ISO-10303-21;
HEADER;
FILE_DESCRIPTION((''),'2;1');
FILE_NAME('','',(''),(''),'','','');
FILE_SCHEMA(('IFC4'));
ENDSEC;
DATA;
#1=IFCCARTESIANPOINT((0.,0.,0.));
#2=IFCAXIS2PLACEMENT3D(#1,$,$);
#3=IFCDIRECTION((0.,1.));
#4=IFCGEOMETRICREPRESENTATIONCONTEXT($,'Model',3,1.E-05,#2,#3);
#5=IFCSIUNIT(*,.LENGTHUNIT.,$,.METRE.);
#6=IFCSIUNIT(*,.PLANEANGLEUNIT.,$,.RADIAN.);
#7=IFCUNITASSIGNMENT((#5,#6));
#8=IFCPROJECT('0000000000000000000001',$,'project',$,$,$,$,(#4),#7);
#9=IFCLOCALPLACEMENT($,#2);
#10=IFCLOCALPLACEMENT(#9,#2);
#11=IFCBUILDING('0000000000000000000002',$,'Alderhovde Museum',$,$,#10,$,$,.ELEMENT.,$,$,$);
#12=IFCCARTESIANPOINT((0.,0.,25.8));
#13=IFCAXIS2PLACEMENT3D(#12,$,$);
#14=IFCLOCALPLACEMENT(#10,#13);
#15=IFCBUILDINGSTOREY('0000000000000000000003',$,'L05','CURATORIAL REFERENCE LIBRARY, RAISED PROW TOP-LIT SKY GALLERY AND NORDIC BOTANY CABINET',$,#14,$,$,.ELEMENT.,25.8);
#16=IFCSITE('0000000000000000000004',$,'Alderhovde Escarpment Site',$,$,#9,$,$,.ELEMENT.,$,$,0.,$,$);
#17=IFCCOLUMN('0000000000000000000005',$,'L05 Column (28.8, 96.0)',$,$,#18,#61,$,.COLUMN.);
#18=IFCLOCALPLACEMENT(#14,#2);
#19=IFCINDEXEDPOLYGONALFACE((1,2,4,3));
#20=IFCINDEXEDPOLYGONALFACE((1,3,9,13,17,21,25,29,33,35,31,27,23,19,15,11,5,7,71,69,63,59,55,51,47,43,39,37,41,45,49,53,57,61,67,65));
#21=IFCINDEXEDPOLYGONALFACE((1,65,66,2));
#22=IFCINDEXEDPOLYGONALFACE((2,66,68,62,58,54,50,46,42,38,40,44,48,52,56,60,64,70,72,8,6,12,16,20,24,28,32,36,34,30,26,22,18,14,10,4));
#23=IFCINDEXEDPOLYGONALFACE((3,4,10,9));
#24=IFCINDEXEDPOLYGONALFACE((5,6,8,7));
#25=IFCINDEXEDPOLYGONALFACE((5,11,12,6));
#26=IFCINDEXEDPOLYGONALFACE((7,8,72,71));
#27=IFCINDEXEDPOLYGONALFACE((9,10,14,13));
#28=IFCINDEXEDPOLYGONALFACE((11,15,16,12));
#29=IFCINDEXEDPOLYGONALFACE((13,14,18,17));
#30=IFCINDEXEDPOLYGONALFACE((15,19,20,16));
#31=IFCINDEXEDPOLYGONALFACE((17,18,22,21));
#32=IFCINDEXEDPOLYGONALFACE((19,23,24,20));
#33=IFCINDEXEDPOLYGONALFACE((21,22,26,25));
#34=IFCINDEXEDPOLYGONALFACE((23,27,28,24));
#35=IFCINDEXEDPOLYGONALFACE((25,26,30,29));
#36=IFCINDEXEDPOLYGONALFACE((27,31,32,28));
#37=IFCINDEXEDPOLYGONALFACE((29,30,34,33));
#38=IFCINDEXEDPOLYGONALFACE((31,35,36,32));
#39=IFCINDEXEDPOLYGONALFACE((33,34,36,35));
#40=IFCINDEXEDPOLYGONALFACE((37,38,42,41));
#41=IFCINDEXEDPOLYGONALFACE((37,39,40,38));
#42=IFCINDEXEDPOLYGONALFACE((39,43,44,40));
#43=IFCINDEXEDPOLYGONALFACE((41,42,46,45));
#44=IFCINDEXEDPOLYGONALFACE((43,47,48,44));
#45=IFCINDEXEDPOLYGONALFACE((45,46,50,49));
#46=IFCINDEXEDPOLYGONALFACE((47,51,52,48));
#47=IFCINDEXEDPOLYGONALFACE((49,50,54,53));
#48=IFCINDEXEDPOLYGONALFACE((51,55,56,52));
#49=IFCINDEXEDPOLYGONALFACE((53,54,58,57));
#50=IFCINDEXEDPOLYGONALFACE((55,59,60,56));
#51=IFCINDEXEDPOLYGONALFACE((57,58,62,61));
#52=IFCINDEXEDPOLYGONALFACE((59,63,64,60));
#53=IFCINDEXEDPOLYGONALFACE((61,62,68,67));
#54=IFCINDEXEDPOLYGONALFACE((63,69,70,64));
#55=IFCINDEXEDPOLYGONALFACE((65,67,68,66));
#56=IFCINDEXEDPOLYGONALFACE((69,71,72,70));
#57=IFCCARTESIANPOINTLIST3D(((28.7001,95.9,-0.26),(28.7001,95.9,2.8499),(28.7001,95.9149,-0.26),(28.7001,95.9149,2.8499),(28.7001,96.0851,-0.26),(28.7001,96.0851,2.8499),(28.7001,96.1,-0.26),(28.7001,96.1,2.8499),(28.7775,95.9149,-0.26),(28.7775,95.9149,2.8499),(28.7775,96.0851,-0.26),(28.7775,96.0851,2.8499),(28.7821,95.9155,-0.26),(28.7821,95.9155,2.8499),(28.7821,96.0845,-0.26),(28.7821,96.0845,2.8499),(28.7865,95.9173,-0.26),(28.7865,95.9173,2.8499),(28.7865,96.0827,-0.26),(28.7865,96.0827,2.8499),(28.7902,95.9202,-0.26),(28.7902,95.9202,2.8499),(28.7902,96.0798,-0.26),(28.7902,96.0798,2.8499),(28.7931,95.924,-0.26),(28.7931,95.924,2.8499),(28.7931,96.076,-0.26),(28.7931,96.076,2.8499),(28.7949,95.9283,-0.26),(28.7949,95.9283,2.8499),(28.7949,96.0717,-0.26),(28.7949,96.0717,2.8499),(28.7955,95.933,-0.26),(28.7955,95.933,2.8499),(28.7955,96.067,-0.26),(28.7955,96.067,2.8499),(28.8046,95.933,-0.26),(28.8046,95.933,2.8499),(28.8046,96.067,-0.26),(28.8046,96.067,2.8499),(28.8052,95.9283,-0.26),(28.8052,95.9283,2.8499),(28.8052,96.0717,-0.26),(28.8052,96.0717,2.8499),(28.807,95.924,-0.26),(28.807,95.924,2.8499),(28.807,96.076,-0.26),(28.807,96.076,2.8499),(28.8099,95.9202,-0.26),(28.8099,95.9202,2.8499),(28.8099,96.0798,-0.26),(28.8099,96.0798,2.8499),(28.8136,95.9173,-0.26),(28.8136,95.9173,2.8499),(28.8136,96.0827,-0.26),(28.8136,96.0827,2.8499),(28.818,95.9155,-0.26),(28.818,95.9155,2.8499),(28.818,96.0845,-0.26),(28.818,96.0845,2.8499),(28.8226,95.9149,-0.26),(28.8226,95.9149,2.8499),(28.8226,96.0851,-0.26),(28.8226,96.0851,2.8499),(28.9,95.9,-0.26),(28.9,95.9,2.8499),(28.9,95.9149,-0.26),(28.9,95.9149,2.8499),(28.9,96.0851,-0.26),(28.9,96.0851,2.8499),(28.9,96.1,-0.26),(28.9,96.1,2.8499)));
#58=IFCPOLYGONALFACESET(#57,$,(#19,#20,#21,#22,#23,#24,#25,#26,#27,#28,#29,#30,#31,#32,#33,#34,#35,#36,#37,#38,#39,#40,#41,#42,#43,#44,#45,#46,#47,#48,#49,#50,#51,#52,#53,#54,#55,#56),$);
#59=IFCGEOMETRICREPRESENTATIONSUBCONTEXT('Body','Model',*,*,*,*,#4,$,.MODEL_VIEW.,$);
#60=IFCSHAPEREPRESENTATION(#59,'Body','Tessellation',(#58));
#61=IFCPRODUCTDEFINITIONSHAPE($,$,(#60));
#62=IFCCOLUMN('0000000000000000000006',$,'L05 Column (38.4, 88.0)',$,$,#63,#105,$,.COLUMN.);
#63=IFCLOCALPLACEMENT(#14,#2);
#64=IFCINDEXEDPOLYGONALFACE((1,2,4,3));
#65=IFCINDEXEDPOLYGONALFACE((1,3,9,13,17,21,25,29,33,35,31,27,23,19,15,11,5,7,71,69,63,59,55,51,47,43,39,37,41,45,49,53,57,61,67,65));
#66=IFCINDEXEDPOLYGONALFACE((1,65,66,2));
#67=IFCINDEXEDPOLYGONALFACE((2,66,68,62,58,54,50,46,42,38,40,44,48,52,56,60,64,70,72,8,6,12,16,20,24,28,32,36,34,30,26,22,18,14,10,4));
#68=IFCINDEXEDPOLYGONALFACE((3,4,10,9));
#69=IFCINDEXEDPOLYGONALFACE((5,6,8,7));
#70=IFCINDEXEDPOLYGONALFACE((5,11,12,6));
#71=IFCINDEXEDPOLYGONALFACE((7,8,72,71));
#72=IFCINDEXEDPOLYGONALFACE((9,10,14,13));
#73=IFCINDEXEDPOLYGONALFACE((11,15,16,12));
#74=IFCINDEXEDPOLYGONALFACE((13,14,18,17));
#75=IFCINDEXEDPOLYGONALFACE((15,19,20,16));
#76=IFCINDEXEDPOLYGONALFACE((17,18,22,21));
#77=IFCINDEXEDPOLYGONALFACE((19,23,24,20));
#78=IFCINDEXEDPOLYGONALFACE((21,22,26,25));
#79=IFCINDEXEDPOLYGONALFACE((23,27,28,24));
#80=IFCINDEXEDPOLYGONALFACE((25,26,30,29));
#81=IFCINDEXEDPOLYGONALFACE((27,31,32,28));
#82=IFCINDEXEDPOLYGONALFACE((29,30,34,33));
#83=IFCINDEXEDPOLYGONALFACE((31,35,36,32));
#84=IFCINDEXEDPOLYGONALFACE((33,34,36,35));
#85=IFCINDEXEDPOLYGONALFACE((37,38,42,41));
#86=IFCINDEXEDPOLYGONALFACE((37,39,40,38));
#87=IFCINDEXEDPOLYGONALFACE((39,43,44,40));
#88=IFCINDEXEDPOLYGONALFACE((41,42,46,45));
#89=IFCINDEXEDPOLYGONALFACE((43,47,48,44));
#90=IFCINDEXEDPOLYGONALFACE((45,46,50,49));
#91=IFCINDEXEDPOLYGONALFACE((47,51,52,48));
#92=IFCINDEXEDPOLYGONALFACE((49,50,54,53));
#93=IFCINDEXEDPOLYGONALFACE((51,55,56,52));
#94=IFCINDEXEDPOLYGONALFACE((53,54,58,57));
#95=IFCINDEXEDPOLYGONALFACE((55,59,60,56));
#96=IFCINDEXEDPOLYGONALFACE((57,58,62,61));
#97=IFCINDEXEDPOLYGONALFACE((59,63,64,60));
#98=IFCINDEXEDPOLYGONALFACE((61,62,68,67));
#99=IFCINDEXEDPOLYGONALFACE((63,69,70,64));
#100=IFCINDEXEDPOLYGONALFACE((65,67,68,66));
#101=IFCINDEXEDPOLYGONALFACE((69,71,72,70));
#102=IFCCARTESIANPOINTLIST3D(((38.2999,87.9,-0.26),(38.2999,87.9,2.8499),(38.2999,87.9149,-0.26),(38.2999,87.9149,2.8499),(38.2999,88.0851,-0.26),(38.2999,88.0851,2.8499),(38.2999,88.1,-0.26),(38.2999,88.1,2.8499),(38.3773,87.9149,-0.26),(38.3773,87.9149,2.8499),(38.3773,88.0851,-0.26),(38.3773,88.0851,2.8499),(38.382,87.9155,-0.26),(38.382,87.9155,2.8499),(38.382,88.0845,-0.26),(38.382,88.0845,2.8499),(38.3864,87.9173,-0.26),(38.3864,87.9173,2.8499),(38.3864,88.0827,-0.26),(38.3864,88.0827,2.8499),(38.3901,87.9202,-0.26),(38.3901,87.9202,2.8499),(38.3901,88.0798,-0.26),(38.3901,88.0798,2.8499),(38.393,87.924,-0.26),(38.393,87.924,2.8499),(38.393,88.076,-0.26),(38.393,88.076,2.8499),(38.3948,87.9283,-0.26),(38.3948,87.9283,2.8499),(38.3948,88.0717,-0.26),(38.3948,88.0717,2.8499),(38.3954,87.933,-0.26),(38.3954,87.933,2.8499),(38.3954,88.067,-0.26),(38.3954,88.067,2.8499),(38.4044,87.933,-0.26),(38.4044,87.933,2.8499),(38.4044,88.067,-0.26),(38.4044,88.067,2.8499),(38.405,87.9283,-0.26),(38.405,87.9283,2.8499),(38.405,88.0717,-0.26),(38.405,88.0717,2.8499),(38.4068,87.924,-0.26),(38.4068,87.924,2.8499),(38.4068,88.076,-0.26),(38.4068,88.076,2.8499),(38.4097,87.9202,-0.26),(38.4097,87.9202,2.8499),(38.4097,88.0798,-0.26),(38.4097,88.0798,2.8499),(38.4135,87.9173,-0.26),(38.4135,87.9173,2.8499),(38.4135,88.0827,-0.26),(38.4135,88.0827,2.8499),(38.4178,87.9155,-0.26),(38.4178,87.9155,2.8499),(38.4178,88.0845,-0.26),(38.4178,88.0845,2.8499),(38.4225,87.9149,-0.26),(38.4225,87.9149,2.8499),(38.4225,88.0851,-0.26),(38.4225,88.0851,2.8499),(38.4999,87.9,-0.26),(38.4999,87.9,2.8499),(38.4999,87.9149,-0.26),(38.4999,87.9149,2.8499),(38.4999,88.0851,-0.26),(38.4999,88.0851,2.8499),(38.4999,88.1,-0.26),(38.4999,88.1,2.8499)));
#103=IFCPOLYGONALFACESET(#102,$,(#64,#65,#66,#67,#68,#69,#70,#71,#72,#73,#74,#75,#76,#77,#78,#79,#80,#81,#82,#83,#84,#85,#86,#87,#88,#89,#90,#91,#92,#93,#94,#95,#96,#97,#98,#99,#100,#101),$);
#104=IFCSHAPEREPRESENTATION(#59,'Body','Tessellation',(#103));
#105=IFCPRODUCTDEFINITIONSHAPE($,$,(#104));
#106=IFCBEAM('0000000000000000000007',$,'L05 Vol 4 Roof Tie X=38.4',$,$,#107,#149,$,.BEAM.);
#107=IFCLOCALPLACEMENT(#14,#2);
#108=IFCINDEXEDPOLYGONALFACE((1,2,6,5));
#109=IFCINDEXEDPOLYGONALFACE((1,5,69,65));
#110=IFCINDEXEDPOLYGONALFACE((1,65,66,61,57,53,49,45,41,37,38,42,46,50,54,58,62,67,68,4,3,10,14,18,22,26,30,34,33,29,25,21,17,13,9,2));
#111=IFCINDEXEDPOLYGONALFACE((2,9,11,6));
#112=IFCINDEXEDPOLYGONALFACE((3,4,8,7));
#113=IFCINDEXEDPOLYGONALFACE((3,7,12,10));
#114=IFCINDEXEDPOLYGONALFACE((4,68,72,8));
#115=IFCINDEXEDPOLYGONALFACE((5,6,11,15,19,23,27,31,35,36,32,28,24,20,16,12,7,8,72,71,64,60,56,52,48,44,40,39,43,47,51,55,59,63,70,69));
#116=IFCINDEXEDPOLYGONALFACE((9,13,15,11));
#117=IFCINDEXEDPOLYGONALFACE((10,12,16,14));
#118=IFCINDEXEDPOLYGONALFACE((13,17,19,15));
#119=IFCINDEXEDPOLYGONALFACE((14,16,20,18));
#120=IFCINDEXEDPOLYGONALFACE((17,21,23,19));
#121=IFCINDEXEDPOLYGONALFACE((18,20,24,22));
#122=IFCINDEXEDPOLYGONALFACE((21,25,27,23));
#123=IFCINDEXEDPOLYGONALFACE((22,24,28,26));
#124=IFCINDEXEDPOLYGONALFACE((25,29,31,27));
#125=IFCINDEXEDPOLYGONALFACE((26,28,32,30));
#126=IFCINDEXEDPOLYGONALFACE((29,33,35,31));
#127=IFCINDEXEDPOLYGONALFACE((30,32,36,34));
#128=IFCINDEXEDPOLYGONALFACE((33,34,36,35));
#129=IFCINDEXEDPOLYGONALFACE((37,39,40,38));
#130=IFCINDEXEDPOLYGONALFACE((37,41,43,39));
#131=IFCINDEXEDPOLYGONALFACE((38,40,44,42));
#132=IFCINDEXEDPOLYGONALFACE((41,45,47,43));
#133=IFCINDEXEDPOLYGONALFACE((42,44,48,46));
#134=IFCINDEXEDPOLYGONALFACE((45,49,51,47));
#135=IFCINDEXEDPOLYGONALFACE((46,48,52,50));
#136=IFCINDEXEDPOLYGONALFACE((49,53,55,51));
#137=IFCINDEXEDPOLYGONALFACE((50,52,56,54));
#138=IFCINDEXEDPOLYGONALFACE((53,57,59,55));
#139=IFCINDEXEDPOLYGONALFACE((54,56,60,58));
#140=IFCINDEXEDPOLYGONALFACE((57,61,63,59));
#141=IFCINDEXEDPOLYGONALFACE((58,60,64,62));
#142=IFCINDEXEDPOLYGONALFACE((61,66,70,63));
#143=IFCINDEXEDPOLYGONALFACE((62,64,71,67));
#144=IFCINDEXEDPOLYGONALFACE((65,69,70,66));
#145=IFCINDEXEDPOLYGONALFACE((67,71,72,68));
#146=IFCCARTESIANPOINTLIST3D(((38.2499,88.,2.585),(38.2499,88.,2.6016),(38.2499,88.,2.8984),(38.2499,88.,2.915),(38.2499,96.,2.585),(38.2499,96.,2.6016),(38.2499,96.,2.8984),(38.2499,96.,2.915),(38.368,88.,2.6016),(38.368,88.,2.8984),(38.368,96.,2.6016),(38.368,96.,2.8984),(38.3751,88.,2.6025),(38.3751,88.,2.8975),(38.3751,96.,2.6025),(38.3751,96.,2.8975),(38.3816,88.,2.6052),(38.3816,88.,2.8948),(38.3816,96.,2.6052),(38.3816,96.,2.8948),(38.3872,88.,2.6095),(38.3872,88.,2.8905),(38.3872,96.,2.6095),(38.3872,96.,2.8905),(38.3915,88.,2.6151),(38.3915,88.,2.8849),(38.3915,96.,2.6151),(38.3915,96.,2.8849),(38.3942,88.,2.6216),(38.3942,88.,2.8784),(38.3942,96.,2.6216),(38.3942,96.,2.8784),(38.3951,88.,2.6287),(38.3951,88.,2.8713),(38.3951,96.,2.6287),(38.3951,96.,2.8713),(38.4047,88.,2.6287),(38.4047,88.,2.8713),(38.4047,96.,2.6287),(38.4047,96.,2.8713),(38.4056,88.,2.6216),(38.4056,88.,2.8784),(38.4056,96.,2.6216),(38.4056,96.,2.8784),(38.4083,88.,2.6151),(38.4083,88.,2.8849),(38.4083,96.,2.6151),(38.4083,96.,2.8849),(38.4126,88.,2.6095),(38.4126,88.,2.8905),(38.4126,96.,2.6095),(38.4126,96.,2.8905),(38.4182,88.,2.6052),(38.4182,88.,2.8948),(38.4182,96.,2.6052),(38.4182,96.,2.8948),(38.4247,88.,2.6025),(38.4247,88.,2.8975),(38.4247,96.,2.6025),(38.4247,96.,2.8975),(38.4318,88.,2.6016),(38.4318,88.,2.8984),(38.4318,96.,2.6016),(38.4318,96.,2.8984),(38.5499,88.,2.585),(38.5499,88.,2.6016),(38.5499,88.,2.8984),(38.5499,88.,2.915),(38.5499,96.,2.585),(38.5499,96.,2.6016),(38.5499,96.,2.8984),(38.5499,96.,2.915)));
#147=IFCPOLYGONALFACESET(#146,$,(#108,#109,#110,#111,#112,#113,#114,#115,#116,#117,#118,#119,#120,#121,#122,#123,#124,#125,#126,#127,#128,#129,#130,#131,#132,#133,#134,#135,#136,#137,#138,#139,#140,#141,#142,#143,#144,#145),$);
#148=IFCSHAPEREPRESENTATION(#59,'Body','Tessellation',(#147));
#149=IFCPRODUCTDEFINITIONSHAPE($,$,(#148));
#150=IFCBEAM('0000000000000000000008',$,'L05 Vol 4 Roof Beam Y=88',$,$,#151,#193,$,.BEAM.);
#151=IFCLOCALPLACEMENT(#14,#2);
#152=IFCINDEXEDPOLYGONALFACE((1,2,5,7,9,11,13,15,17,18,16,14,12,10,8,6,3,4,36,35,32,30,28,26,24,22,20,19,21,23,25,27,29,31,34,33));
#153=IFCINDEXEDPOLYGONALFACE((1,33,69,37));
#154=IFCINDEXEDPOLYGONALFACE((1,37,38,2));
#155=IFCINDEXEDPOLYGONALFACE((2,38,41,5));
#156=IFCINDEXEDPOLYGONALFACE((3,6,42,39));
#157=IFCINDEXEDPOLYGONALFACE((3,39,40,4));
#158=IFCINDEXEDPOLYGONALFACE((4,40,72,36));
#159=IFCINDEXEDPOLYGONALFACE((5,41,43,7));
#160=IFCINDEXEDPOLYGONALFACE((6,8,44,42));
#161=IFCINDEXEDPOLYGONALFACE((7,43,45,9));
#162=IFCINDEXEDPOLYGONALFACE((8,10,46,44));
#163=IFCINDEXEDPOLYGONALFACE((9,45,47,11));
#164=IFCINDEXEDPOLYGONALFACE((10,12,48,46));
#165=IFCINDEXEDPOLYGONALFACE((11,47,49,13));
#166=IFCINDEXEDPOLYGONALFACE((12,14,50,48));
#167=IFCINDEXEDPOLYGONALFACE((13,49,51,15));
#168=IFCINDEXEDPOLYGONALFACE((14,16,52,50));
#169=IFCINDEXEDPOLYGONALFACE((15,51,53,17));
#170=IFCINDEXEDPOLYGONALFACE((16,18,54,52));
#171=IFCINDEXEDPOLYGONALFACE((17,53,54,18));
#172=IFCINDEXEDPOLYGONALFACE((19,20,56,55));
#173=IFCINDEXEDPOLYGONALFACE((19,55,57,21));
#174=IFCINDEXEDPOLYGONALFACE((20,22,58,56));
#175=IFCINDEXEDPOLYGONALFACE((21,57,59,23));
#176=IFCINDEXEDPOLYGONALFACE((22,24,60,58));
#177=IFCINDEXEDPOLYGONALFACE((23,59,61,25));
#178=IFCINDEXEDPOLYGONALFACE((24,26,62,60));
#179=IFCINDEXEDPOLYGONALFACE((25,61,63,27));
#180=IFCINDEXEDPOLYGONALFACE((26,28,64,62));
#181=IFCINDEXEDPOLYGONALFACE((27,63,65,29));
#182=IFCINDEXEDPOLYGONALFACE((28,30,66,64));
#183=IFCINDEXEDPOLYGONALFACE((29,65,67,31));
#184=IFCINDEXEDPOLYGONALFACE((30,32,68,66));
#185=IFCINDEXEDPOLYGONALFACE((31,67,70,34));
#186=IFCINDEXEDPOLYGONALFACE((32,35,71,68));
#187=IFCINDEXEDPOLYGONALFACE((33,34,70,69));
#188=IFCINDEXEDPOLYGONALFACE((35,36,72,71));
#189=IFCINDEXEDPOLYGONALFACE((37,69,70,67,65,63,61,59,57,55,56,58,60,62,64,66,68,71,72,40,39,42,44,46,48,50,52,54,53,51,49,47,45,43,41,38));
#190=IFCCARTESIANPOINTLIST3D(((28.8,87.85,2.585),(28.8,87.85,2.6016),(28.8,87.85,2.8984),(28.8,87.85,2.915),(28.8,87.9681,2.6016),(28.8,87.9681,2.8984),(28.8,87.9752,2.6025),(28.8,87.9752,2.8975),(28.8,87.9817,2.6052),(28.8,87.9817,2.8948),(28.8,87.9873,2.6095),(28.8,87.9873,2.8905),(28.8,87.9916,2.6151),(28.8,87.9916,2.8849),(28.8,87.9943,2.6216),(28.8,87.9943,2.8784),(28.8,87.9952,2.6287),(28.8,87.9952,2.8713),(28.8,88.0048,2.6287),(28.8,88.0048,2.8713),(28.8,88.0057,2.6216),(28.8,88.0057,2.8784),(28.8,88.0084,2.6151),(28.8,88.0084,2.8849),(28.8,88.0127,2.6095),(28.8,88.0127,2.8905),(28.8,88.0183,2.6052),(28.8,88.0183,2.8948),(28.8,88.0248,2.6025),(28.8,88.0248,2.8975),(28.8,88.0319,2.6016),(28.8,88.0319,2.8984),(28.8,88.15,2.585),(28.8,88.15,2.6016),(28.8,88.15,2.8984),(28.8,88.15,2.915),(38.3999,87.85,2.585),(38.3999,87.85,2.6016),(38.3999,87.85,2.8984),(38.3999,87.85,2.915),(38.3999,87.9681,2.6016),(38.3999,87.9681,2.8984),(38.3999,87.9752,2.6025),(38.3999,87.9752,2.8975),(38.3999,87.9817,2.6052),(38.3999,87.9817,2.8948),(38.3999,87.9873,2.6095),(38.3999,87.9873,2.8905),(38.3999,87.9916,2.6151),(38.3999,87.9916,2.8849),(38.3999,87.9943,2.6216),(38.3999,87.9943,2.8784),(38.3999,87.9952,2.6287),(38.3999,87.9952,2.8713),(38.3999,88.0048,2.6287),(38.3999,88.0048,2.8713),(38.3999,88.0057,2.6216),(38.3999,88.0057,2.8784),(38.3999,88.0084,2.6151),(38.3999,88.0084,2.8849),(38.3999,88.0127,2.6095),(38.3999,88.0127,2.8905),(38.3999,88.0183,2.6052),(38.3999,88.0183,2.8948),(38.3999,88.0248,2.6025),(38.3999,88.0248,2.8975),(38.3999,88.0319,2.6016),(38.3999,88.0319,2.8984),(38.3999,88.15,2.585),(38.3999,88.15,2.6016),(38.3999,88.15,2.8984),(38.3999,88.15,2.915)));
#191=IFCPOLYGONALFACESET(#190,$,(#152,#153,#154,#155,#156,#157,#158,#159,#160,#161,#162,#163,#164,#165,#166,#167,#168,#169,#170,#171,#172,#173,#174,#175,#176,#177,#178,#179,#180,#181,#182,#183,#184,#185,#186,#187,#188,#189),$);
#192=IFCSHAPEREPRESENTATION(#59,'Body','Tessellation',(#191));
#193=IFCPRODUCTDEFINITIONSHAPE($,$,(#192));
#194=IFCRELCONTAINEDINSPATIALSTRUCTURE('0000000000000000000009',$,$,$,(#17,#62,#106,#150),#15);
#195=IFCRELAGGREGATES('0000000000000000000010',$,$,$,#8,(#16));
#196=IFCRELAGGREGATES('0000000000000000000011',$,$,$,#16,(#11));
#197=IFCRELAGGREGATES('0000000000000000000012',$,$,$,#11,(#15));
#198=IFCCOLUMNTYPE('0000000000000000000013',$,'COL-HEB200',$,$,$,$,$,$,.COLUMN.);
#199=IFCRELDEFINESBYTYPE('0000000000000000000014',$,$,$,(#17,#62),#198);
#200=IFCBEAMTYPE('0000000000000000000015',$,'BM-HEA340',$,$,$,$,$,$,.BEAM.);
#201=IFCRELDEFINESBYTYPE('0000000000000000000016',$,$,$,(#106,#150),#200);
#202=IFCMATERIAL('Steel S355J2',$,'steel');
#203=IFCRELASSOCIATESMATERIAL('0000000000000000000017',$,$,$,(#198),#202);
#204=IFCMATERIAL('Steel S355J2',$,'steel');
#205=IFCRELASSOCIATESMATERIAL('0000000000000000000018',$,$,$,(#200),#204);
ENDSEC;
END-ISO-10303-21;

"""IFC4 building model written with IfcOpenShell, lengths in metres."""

from ifc_helpers import new_model, si_unit, direction, frame, origin, origin_2d, place, context, subcontext, project, spatial, i_section, extrude, material, material_profile, profile_set, type_object, element, save


model = new_model("IFC4")

# Units and contexts
model_context = context("Model", 3, precision=1e-05, world=origin(), true_north=direction((0.0, 1.0)))
body_context = subcontext(model_context, "Body", "Model", "MODEL_VIEW")
ifc_project = project(units=[si_unit("LENGTHUNIT", "METRE"), si_unit("PLANEANGLEUNIT", "RADIAN")], contexts=[model_context])

# Site, building, storey
site_placement = place(None, origin())
site = spatial("IfcSite", under=ifc_project, at=site_placement, Name="Alderhovde Escarpment Site", CompositionType="ELEMENT", RefElevation=0.0)
building_placement = place(site_placement, origin())
building = spatial("IfcBuilding", under=site, at=building_placement, Name="Alderhovde Museum", CompositionType="ELEMENT")
storey_placement = place(building_placement, frame((0.0, 0.0, 25.8)))
storey = spatial("IfcBuildingStorey", under=building, at=storey_placement, Name="L05", Description="CURATORIAL REFERENCE LIBRARY, RAISED PROW TOP-LIT SKY GALLERY AND NORDIC BOTANY CABINET", CompositionType="ELEMENT", Elevation=25.8)

# Columns
ifc_material_1 = material(Name="Steel S355J2", Category="steel")
ifc_material_profile_1 = material_profile(ifc_material_1, i_section(OverallWidth=0.2, OverallDepth=0.2, WebThickness=0.009, FlangeThickness=0.0149, FilletRadius=0.0181, at=origin_2d()), Name="HEB 200")
ifc_profile_set_1 = profile_set([ifc_material_profile_1], Name="Steel S355J2")
column_type_1 = type_object("IfcColumnType", Name="COL-HEB200", PredefinedType="COLUMN", material=ifc_profile_set_1)
for number, where, z_axis, x_axis, name in (
    (1, (28.8, 96.0, -0.26), (0.0, 0.0, 1.0), (1.0, 0.0, 0.0), "L05 Column (28.8, 96.0)"),
    (2, (38.3999, 88.0, -0.26), (0.0, 0.0, 1.0), (1.0, 0.0, 0.0), "L05 Column (38.4, 88.0)"),
):
    element("IfcColumn", number, at=place(storey_placement, frame(where, z_axis=z_axis, x_axis=x_axis)), inside=storey, type_object=column_type_1, Name=name, PredefinedType="COLUMN", context=body_context, shape_type="SweptSolid", body=[
        extrude(i_section(OverallWidth=0.2, OverallDepth=0.2, WebThickness=0.009, FlangeThickness=0.0149, FilletRadius=0.0181, at=origin_2d()), origin(), (0.0, 0.0, 1.0), 3.1099),
    ])

# Beams
ifc_material_2 = material(Name="Steel S355J2", Category="steel")
ifc_material_profile_2 = material_profile(ifc_material_2, i_section(OverallWidth=0.3, OverallDepth=0.3301, WebThickness=0.0095, FlangeThickness=0.0166, FilletRadius=0.0271, at=origin_2d()), Name="HEA 340")
ifc_profile_set_2 = profile_set([ifc_material_profile_2], Name="Steel S355J2")
beam_type_1 = type_object("IfcBeamType", Name="BM-HEA340", PredefinedType="BEAM", material=ifc_profile_set_2)
beam_1_placement = place(storey_placement, frame((38.3999, 88.0, 2.75), z_axis=(0.0, 1.0, 0.0), x_axis=(-1.0, 0.0, 0.0)))
element("IfcBeam", 3, at=beam_1_placement, inside=storey, type_object=beam_type_1, Name="L05 Vol 4 Roof Tie X=38.4", PredefinedType="BEAM", context=body_context, shape_type="SweptSolid", body=[
    extrude(i_section(OverallWidth=0.3, OverallDepth=0.3301, WebThickness=0.0095, FlangeThickness=0.0166, FilletRadius=0.0271, at=origin_2d()), origin(), (0.0, 0.0, 1.0), 8.0),
])
beam_2_placement = place(storey_placement, frame((28.8, 88.0, 2.75), z_axis=(1.0, 0.0, 0.0), x_axis=(0.0, 1.0, 0.0)))
element("IfcBeam", 4, at=beam_2_placement, inside=storey, type_object=beam_type_1, Name="L05 Vol 4 Roof Beam Y=88", PredefinedType="BEAM", context=body_context, shape_type="SweptSolid", body=[
    extrude(i_section(OverallWidth=0.3, OverallDepth=0.3301, WebThickness=0.0095, FlangeThickness=0.0166, FilletRadius=0.0271, at=origin_2d()), origin(), (0.0, 0.0, 1.0), 9.5999),
])

save(model, "model.ifc")
